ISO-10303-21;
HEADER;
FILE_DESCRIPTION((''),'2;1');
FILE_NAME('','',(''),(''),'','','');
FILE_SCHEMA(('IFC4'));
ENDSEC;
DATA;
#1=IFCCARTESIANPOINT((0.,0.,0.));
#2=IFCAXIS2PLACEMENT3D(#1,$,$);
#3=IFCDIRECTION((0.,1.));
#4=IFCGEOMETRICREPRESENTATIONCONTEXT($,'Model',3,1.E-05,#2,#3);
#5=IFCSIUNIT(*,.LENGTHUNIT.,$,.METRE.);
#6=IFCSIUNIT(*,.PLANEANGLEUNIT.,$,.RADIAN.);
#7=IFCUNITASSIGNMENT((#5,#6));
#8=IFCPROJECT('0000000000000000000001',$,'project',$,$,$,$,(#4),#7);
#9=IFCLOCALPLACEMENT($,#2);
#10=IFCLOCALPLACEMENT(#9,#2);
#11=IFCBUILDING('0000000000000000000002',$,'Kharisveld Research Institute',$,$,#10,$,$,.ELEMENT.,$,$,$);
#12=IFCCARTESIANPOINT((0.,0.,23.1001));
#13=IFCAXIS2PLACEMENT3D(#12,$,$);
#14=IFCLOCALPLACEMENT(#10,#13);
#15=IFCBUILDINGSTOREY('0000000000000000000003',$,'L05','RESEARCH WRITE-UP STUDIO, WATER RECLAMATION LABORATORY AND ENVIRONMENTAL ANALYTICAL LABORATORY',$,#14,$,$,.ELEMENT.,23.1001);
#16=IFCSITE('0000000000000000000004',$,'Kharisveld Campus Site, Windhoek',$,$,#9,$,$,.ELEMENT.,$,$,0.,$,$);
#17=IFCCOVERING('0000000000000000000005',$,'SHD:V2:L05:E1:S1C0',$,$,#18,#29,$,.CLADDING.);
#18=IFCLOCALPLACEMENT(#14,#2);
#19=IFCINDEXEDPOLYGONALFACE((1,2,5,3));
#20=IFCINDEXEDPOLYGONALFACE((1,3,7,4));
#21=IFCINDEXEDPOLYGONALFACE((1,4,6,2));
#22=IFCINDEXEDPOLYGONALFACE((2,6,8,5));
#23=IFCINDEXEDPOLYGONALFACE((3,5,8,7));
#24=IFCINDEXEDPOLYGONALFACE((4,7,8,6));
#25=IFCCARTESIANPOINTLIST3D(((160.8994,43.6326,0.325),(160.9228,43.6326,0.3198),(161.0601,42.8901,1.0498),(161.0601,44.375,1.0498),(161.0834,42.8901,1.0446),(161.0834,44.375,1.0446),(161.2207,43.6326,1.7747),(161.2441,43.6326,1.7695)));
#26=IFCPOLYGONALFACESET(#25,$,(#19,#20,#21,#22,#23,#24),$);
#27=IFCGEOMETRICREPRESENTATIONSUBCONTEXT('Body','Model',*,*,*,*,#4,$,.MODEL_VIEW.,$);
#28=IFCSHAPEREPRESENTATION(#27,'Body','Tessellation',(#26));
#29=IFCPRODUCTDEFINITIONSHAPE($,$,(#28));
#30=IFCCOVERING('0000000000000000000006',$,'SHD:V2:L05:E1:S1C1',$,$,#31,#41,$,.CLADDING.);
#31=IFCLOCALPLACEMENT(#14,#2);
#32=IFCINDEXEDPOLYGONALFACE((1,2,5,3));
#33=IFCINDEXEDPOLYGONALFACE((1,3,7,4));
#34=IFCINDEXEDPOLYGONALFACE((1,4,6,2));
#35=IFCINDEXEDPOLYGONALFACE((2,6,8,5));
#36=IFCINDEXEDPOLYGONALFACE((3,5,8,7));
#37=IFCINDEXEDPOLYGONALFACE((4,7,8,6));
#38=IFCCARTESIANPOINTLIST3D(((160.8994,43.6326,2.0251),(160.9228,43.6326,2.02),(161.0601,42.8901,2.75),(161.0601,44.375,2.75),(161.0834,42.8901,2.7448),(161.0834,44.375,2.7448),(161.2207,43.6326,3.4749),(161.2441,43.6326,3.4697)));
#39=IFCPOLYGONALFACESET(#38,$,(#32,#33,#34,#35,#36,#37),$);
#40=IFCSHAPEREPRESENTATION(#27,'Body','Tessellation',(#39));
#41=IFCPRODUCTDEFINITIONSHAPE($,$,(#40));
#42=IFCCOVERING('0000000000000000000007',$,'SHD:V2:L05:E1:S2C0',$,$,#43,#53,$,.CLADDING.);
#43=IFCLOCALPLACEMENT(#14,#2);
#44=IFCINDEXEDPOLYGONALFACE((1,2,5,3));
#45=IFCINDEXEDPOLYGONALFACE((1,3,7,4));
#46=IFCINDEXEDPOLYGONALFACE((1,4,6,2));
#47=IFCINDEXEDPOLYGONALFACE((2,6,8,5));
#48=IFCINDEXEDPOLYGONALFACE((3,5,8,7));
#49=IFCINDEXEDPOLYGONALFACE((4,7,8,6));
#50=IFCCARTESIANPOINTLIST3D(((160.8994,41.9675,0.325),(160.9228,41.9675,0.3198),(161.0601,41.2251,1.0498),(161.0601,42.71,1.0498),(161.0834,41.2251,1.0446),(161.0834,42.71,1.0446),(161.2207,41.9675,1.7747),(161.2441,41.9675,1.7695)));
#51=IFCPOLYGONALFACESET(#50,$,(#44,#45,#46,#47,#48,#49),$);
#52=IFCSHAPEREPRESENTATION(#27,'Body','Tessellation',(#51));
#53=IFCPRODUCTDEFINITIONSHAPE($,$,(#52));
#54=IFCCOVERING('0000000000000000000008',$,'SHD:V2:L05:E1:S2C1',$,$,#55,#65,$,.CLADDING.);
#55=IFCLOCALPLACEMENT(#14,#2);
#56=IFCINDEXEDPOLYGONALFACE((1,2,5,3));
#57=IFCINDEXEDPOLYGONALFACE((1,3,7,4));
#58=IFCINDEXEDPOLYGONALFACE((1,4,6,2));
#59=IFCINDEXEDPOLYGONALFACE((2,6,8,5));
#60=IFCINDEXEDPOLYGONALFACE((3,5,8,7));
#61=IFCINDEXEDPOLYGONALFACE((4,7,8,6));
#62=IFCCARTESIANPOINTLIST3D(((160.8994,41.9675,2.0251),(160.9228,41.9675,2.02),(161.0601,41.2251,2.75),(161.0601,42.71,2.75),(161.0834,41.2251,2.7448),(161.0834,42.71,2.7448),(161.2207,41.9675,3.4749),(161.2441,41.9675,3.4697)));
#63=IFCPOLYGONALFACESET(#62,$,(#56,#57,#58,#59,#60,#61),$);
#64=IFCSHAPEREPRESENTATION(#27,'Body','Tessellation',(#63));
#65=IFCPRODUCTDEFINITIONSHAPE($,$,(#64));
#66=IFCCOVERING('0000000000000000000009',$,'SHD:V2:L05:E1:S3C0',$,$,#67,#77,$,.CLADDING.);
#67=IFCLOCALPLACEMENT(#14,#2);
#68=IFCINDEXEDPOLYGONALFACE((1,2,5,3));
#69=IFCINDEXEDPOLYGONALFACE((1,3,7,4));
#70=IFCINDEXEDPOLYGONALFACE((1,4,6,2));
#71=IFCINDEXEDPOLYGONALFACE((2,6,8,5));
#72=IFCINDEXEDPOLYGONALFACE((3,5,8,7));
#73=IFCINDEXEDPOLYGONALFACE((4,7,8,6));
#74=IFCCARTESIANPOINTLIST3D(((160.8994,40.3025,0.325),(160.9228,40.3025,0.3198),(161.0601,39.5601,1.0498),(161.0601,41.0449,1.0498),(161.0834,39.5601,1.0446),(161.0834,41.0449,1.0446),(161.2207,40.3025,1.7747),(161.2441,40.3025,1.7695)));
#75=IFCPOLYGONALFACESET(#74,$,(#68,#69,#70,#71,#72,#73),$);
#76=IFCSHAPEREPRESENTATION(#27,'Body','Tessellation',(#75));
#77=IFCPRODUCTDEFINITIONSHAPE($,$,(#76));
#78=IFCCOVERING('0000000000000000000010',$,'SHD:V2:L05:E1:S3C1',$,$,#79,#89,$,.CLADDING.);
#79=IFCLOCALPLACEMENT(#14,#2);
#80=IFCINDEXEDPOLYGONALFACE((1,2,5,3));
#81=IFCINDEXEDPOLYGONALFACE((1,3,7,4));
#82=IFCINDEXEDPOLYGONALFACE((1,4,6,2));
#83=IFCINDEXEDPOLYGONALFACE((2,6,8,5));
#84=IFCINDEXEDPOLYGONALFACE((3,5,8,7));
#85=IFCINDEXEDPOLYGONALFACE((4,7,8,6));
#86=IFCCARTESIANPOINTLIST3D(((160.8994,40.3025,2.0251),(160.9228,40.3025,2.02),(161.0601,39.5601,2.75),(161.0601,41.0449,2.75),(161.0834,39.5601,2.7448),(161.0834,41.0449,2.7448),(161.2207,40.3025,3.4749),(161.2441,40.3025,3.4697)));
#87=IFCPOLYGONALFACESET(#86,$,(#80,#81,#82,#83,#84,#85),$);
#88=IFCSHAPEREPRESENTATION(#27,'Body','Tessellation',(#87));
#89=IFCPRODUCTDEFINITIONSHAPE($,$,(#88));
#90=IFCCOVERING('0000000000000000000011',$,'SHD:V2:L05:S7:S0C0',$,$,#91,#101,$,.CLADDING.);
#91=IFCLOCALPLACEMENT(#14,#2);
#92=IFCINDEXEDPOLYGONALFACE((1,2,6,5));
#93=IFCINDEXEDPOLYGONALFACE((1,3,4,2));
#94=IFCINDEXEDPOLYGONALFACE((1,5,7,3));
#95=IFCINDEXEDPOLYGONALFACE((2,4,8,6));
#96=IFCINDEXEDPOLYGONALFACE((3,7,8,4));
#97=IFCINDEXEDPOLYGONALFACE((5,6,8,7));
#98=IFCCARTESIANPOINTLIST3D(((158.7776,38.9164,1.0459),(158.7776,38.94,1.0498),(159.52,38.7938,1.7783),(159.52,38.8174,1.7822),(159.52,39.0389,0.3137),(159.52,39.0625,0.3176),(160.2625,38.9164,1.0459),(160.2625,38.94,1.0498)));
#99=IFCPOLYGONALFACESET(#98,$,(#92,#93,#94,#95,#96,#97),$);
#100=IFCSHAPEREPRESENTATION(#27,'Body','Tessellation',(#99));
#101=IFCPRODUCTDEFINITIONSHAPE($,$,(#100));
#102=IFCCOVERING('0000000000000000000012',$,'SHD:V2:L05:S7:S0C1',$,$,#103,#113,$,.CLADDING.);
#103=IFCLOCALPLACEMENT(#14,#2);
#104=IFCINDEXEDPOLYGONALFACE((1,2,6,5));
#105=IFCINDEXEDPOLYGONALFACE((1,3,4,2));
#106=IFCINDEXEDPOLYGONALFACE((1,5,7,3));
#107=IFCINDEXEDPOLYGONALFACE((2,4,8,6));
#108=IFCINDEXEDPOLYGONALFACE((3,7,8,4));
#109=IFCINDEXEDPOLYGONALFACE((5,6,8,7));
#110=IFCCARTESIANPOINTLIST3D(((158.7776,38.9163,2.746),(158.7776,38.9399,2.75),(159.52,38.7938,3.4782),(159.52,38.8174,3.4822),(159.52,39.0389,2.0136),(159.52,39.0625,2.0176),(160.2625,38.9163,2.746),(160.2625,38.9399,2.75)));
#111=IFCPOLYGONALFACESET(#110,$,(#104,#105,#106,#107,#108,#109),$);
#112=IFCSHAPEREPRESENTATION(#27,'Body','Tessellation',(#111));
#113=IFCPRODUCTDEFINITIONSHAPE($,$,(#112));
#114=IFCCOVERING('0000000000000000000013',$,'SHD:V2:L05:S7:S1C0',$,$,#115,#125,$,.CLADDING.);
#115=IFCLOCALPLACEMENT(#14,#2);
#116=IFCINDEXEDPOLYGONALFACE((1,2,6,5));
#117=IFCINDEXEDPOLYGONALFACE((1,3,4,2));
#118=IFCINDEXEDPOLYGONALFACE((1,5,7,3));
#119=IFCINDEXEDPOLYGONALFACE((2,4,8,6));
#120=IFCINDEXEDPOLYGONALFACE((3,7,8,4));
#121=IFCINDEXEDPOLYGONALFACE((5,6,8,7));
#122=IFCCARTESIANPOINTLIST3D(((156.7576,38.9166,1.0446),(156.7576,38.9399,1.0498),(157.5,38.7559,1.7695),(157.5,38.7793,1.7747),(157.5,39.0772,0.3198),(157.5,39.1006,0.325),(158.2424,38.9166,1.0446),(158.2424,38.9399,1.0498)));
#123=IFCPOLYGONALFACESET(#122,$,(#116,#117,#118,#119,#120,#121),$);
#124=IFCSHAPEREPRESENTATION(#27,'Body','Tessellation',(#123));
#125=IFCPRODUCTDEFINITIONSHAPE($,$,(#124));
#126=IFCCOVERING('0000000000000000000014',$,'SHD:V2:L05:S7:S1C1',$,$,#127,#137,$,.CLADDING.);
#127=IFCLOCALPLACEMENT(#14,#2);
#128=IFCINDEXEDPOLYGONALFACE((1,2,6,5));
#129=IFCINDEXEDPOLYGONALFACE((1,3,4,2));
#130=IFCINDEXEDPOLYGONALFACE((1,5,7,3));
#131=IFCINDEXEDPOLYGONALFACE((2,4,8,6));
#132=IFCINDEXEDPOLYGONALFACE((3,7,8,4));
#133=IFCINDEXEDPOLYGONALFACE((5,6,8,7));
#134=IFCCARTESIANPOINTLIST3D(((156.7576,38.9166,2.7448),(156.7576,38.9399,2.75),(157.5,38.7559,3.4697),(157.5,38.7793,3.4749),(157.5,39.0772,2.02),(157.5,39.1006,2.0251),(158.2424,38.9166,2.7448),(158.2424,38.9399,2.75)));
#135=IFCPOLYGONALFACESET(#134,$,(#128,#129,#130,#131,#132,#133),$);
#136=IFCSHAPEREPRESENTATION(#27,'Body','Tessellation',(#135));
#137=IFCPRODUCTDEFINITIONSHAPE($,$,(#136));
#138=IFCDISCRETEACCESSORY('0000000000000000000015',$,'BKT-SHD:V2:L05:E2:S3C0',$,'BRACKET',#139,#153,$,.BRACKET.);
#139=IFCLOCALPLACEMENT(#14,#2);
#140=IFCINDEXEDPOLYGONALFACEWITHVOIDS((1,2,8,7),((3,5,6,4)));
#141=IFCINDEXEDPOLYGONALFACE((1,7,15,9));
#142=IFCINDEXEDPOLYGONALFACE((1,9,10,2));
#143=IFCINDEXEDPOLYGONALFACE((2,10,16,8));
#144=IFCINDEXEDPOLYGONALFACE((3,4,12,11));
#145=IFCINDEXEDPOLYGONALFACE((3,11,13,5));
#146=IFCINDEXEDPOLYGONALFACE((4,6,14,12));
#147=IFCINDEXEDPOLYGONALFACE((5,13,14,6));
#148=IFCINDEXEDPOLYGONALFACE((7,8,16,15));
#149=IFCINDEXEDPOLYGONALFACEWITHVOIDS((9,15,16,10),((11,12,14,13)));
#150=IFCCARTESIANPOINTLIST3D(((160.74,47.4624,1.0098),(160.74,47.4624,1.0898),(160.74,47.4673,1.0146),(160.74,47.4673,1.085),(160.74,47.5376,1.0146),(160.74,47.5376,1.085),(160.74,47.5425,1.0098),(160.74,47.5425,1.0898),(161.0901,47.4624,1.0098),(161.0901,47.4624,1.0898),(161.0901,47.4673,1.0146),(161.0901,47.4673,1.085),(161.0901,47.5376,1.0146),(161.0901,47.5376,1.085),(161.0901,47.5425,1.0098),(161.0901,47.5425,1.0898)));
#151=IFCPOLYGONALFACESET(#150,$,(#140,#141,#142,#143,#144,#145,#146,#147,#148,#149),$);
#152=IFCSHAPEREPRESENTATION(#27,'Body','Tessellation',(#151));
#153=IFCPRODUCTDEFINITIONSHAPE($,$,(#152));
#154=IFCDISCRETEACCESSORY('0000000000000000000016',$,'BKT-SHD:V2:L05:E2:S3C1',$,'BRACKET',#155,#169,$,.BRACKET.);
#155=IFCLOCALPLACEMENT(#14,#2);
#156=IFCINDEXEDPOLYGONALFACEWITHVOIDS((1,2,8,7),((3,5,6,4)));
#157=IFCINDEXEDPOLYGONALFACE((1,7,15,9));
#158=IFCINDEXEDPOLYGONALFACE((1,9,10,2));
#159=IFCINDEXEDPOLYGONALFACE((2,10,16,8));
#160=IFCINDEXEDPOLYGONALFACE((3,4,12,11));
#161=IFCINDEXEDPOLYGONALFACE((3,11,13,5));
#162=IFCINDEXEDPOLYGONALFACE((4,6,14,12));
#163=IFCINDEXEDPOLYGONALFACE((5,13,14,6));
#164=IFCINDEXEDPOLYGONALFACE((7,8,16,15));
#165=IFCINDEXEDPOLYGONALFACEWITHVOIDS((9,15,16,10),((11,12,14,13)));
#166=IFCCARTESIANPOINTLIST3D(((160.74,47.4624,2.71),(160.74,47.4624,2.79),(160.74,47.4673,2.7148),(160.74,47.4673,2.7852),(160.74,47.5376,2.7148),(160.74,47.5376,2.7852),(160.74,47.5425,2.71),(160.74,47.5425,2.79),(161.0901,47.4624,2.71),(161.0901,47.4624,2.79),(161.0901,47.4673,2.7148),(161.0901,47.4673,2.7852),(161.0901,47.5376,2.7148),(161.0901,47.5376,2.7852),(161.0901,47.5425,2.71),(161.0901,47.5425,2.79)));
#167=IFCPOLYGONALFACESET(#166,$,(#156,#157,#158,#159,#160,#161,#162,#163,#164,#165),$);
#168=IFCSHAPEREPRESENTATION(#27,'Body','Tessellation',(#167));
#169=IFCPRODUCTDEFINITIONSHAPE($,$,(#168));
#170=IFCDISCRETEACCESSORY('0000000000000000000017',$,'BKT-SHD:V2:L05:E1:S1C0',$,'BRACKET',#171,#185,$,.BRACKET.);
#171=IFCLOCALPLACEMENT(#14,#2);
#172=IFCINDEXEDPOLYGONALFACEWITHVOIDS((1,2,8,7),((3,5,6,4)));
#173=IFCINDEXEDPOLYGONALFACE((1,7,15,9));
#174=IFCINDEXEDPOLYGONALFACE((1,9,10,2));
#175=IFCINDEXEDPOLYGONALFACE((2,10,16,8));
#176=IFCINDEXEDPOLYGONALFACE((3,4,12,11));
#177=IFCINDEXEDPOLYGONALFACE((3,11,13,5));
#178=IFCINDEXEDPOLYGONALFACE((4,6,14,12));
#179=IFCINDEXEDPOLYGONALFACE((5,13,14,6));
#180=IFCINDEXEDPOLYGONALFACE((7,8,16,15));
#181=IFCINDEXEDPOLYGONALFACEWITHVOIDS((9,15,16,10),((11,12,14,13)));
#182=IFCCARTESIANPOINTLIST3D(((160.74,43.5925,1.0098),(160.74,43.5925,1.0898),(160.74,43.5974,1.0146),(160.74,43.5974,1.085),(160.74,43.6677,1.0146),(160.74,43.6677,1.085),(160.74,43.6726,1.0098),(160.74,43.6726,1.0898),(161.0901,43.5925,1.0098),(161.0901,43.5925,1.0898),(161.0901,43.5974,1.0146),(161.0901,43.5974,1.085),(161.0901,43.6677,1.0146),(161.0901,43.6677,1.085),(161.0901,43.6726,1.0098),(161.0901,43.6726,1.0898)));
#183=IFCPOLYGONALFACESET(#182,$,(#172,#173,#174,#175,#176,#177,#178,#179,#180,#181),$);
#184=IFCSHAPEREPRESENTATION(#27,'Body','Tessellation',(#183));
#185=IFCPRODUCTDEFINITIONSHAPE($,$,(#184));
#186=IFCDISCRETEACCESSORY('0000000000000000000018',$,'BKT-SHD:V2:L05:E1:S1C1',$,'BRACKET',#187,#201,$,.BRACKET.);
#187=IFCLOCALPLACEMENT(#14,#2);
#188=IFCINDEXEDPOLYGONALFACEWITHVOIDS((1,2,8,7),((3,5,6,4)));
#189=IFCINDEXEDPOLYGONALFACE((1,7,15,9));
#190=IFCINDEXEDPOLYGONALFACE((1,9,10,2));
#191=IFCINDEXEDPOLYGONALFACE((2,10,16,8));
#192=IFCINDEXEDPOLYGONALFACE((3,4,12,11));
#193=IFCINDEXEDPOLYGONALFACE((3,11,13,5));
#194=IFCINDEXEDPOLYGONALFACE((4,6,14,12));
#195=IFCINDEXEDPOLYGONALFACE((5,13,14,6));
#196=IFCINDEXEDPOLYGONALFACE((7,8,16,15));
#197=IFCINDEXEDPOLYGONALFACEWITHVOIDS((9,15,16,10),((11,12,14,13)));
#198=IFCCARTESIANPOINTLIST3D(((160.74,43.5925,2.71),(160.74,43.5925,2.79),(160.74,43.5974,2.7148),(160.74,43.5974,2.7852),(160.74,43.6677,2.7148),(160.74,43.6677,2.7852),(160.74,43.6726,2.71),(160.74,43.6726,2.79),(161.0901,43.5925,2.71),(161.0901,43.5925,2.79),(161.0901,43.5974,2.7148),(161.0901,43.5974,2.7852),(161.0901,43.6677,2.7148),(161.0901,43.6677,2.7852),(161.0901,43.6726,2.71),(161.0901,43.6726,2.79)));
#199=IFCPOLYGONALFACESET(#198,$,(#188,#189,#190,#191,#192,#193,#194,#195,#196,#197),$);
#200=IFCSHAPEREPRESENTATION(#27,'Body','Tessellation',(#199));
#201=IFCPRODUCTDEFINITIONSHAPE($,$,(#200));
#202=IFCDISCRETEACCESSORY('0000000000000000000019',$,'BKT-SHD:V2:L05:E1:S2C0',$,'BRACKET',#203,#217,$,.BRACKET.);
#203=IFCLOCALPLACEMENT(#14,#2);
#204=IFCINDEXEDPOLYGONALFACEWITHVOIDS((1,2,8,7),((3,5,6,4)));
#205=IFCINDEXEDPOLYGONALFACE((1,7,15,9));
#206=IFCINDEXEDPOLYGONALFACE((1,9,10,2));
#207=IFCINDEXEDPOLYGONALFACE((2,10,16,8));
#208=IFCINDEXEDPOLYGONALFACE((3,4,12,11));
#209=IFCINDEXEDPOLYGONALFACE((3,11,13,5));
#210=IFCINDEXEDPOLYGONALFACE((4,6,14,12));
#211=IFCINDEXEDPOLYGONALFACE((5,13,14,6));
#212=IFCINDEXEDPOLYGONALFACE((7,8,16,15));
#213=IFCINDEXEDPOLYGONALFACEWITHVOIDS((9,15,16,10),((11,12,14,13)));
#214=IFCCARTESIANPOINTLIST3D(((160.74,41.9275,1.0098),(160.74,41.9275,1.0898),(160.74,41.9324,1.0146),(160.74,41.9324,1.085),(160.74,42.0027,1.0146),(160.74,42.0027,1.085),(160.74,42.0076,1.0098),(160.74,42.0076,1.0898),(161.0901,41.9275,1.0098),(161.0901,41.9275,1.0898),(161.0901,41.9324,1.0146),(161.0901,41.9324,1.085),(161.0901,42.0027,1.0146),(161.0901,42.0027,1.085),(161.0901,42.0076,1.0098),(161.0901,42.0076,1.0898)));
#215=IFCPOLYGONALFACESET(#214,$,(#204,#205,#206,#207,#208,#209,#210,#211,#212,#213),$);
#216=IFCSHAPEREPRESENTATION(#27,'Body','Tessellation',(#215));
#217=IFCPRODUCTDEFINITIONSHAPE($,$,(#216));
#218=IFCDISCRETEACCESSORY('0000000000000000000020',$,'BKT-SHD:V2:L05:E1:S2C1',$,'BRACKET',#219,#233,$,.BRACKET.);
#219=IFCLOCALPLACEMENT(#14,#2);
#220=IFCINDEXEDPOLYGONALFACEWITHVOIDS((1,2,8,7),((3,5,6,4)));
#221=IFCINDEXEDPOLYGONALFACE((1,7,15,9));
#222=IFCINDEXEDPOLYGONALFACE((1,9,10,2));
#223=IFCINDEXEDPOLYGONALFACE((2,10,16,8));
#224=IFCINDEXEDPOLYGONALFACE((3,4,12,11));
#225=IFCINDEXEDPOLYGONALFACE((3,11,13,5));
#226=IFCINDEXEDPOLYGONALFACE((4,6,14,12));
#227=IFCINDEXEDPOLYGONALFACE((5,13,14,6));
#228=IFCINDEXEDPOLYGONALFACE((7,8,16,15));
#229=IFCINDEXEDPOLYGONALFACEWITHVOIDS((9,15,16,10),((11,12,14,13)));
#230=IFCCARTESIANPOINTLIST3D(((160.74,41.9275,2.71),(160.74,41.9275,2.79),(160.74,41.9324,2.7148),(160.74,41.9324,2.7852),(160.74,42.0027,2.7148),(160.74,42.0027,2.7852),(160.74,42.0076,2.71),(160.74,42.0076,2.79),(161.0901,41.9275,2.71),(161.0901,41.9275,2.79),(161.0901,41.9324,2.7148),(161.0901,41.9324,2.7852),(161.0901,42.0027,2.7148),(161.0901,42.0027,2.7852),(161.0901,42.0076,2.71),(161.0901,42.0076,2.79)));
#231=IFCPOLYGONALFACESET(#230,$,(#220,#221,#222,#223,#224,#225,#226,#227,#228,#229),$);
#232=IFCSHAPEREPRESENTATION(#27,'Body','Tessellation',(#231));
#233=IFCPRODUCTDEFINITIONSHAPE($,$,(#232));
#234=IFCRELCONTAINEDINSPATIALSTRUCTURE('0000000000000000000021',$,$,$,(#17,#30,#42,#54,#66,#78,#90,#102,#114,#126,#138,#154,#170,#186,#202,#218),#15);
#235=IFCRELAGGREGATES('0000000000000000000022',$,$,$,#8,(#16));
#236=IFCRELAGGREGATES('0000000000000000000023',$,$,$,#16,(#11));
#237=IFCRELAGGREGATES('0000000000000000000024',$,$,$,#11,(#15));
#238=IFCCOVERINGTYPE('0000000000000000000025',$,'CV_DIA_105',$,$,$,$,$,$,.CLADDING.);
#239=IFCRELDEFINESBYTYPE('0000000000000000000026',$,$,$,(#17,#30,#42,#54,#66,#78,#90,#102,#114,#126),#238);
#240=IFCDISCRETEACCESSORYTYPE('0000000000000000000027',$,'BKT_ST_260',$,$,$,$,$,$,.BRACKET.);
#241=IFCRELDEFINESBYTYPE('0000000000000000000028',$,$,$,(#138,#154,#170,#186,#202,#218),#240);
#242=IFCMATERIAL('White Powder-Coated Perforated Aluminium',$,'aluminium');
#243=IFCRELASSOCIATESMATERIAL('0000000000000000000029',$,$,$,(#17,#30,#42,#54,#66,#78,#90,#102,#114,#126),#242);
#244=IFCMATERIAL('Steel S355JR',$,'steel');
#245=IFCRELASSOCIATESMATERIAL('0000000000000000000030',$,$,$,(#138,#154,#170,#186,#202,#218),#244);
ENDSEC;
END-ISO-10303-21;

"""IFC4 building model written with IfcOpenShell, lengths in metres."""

from ifc_helpers import new_model, si_unit, direction, frame, origin, origin_2d, place, context, subcontext, project, spatial, polyline, hollow_rectangle, outline, extrude, material, type_object, element, save


model = new_model("IFC4")

# Units and contexts
model_context = context("Model", 3, precision=1e-05, world=origin(), true_north=direction((0.0, 1.0)))
body_context = subcontext(model_context, "Body", "Model", "MODEL_VIEW")
ifc_project = project(units=[si_unit("LENGTHUNIT", "METRE"), si_unit("PLANEANGLEUNIT", "RADIAN")], contexts=[model_context])

# Site, building, storey
site_placement = place(None, origin())
site = spatial("IfcSite", under=ifc_project, at=site_placement, Name="Kharisveld Campus Site, Windhoek", CompositionType="ELEMENT", RefElevation=0.0)
building_placement = place(site_placement, origin())
building = spatial("IfcBuilding", under=site, at=building_placement, Name="Kharisveld Research Institute", CompositionType="ELEMENT")
storey_placement = place(building_placement, frame((0.0, 0.0, 23.1001)))
storey = spatial("IfcBuildingStorey", under=building, at=storey_placement, Name="L05", Description="RESEARCH WRITE-UP STUDIO, WATER RECLAMATION LABORATORY AND ENVIRONMENTAL ANALYTICAL LABORATORY", CompositionType="ELEMENT", Elevation=23.1001)

# Coverings
ifc_material_1 = material(Name="White Powder-Coated Perforated Aluminium", Category="aluminium")
covering_type = type_object("IfcCoveringType", Name="CV_DIA_105", PredefinedType="CLADDING")
for number, where, z_axis, x_axis, name in (
    (1, (160.8994, 43.6326, 0.325), (-0.976311, 0.0, 0.216373), (0.153, -0.707102, 0.69036), "SHD:V2:L05:E1:S1C0"),
    (2, (160.8994, 43.6326, 2.0251), (-0.976311, 0.0, 0.216373), (0.153, -0.707102, 0.69036), "SHD:V2:L05:E1:S1C1"),
    (3, (160.8994, 41.9675, 0.325), (-0.976311, 0.0, 0.216373), (0.153, -0.707102, 0.69036), "SHD:V2:L05:E1:S2C0"),
    (4, (160.8994, 41.9675, 2.0251), (-0.976311, 0.0, 0.216373), (0.153, -0.707102, 0.69036), "SHD:V2:L05:E1:S2C1"),
    (5, (160.8994, 40.3025, 0.325), (-0.976311, 0.0, 0.216373), (0.153, -0.707102, 0.69036), "SHD:V2:L05:E1:S3C0"),
    (6, (160.8994, 40.3025, 2.0251), (-0.976311, 0.0, 0.216373), (0.153, -0.707102, 0.69036), "SHD:V2:L05:E1:S3C1"),
):
    element("IfcCovering", number, at=place(storey_placement, frame(where, z_axis=z_axis, x_axis=x_axis)), inside=storey, type_object=covering_type, material=ifc_material_1, Name=name, PredefinedType="CLADDING", context=body_context, shape_type="SweptSolid", body=[
        extrude(outline(polyline([(0.0, 0.0), (1.05, 0.0), (1.05, 1.05), (0.0, 1.05), (0.0, 0.0)])), origin(), (0.0, 0.0, -1.0), 0.0239),
    ])
covering_1_placement = place(storey_placement, frame((159.52, 39.0625, 0.3176), z_axis=(0.0, 0.986283, 0.165065), x_axis=(-0.707139, -0.116714, 0.697376)))
element("IfcCovering", 7, at=covering_1_placement, inside=storey, type_object=covering_type, material=ifc_material_1, Name="SHD:V2:L05:S7:S0C0", PredefinedType="CLADDING", context=body_context, shape_type="SweptSolid", body=[
    extrude(outline(polyline([(0.0, 0.0), (1.0499, 0.0), (1.05, 1.0501), (-0.0001, 1.0499), (0.0, 0.0)])), origin(), (0.0, 0.0, -1.0), 0.0239),
])
covering_2_placement = place(storey_placement, frame((159.52, 39.0625, 2.0176), z_axis=(0.0, 0.986283, 0.165065), x_axis=(-0.707024, -0.116733, 0.697489)))
element("IfcCovering", 8, at=covering_2_placement, inside=storey, type_object=covering_type, material=ifc_material_1, Name="SHD:V2:L05:S7:S0C1", PredefinedType="CLADDING", context=body_context, shape_type="SweptSolid", body=[
    extrude(outline(polyline([(0.0, 0.0), (1.0501, 0.0), (1.0502, 1.0499), (0.0002, 1.0501), (0.0, 0.0)])), origin(), (0.0, 0.0, -1.0), 0.0239),
])
for number, where, z_axis, x_axis, name in (
    (9, (157.5, 39.1006, 0.325), (0.0, 0.976311, 0.216373), (-0.707102, -0.153, 0.69036), "SHD:V2:L05:S7:S1C0"),
    (10, (157.5, 39.1006, 2.0251), (0.0, 0.976311, 0.216373), (-0.707102, -0.153, 0.69036), "SHD:V2:L05:S7:S1C1"),
):
    element("IfcCovering", number, at=place(storey_placement, frame(where, z_axis=z_axis, x_axis=x_axis)), inside=storey, type_object=covering_type, material=ifc_material_1, Name=name, PredefinedType="CLADDING", context=body_context, shape_type="SweptSolid", body=[
        extrude(outline(polyline([(0.0, 0.0), (1.05, 0.0), (1.05, 1.05), (0.0, 1.05), (0.0, 0.0)])), origin(), (0.0, 0.0, -1.0), 0.0239),
    ])

# Discrete accessories
ifc_material_2 = material(Name="Steel S355JR", Category="steel")
discrete_accessory_type = type_object("IfcDiscreteAccessoryType", Name="BKT_ST_260", PredefinedType="BRACKET")
for number, where, z_axis, x_axis, name in (
    (11, (160.74, 47.5024, 1.0498), (1.0, 0.0, 0.0), (0.0, 1.0, 0.0), "BKT-SHD:V2:L05:E2:S3C0"),
    (12, (160.74, 47.5024, 2.75), (1.0, 0.0, 0.0), (0.0, 1.0, 0.0), "BKT-SHD:V2:L05:E2:S3C1"),
    (13, (160.74, 43.6326, 1.0498), (1.0, 0.0, 0.0), (0.0, 1.0, 0.0), "BKT-SHD:V2:L05:E1:S1C0"),
    (14, (160.74, 43.6326, 2.75), (1.0, 0.0, 0.0), (0.0, 1.0, 0.0), "BKT-SHD:V2:L05:E1:S1C1"),
    (15, (160.74, 41.9675, 1.0498), (1.0, 0.0, 0.0), (0.0, 1.0, 0.0), "BKT-SHD:V2:L05:E1:S2C0"),
    (16, (160.74, 41.9675, 2.75), (1.0, 0.0, 0.0), (0.0, 1.0, 0.0), "BKT-SHD:V2:L05:E1:S2C1"),
):
    element("IfcDiscreteAccessory", number, at=place(storey_placement, frame(where, z_axis=z_axis, x_axis=x_axis)), inside=storey, type_object=discrete_accessory_type, material=ifc_material_2, Name=name, ObjectType="BRACKET", PredefinedType="BRACKET", context=body_context, shape_type="SweptSolid", body=[
        extrude(hollow_rectangle(XDim=0.0801, YDim=0.0801, WallThickness=0.0049, at=origin_2d()), origin(), (0.0, 0.0, 1.0), 0.3501),
    ])

save(model, "model.ifc")
